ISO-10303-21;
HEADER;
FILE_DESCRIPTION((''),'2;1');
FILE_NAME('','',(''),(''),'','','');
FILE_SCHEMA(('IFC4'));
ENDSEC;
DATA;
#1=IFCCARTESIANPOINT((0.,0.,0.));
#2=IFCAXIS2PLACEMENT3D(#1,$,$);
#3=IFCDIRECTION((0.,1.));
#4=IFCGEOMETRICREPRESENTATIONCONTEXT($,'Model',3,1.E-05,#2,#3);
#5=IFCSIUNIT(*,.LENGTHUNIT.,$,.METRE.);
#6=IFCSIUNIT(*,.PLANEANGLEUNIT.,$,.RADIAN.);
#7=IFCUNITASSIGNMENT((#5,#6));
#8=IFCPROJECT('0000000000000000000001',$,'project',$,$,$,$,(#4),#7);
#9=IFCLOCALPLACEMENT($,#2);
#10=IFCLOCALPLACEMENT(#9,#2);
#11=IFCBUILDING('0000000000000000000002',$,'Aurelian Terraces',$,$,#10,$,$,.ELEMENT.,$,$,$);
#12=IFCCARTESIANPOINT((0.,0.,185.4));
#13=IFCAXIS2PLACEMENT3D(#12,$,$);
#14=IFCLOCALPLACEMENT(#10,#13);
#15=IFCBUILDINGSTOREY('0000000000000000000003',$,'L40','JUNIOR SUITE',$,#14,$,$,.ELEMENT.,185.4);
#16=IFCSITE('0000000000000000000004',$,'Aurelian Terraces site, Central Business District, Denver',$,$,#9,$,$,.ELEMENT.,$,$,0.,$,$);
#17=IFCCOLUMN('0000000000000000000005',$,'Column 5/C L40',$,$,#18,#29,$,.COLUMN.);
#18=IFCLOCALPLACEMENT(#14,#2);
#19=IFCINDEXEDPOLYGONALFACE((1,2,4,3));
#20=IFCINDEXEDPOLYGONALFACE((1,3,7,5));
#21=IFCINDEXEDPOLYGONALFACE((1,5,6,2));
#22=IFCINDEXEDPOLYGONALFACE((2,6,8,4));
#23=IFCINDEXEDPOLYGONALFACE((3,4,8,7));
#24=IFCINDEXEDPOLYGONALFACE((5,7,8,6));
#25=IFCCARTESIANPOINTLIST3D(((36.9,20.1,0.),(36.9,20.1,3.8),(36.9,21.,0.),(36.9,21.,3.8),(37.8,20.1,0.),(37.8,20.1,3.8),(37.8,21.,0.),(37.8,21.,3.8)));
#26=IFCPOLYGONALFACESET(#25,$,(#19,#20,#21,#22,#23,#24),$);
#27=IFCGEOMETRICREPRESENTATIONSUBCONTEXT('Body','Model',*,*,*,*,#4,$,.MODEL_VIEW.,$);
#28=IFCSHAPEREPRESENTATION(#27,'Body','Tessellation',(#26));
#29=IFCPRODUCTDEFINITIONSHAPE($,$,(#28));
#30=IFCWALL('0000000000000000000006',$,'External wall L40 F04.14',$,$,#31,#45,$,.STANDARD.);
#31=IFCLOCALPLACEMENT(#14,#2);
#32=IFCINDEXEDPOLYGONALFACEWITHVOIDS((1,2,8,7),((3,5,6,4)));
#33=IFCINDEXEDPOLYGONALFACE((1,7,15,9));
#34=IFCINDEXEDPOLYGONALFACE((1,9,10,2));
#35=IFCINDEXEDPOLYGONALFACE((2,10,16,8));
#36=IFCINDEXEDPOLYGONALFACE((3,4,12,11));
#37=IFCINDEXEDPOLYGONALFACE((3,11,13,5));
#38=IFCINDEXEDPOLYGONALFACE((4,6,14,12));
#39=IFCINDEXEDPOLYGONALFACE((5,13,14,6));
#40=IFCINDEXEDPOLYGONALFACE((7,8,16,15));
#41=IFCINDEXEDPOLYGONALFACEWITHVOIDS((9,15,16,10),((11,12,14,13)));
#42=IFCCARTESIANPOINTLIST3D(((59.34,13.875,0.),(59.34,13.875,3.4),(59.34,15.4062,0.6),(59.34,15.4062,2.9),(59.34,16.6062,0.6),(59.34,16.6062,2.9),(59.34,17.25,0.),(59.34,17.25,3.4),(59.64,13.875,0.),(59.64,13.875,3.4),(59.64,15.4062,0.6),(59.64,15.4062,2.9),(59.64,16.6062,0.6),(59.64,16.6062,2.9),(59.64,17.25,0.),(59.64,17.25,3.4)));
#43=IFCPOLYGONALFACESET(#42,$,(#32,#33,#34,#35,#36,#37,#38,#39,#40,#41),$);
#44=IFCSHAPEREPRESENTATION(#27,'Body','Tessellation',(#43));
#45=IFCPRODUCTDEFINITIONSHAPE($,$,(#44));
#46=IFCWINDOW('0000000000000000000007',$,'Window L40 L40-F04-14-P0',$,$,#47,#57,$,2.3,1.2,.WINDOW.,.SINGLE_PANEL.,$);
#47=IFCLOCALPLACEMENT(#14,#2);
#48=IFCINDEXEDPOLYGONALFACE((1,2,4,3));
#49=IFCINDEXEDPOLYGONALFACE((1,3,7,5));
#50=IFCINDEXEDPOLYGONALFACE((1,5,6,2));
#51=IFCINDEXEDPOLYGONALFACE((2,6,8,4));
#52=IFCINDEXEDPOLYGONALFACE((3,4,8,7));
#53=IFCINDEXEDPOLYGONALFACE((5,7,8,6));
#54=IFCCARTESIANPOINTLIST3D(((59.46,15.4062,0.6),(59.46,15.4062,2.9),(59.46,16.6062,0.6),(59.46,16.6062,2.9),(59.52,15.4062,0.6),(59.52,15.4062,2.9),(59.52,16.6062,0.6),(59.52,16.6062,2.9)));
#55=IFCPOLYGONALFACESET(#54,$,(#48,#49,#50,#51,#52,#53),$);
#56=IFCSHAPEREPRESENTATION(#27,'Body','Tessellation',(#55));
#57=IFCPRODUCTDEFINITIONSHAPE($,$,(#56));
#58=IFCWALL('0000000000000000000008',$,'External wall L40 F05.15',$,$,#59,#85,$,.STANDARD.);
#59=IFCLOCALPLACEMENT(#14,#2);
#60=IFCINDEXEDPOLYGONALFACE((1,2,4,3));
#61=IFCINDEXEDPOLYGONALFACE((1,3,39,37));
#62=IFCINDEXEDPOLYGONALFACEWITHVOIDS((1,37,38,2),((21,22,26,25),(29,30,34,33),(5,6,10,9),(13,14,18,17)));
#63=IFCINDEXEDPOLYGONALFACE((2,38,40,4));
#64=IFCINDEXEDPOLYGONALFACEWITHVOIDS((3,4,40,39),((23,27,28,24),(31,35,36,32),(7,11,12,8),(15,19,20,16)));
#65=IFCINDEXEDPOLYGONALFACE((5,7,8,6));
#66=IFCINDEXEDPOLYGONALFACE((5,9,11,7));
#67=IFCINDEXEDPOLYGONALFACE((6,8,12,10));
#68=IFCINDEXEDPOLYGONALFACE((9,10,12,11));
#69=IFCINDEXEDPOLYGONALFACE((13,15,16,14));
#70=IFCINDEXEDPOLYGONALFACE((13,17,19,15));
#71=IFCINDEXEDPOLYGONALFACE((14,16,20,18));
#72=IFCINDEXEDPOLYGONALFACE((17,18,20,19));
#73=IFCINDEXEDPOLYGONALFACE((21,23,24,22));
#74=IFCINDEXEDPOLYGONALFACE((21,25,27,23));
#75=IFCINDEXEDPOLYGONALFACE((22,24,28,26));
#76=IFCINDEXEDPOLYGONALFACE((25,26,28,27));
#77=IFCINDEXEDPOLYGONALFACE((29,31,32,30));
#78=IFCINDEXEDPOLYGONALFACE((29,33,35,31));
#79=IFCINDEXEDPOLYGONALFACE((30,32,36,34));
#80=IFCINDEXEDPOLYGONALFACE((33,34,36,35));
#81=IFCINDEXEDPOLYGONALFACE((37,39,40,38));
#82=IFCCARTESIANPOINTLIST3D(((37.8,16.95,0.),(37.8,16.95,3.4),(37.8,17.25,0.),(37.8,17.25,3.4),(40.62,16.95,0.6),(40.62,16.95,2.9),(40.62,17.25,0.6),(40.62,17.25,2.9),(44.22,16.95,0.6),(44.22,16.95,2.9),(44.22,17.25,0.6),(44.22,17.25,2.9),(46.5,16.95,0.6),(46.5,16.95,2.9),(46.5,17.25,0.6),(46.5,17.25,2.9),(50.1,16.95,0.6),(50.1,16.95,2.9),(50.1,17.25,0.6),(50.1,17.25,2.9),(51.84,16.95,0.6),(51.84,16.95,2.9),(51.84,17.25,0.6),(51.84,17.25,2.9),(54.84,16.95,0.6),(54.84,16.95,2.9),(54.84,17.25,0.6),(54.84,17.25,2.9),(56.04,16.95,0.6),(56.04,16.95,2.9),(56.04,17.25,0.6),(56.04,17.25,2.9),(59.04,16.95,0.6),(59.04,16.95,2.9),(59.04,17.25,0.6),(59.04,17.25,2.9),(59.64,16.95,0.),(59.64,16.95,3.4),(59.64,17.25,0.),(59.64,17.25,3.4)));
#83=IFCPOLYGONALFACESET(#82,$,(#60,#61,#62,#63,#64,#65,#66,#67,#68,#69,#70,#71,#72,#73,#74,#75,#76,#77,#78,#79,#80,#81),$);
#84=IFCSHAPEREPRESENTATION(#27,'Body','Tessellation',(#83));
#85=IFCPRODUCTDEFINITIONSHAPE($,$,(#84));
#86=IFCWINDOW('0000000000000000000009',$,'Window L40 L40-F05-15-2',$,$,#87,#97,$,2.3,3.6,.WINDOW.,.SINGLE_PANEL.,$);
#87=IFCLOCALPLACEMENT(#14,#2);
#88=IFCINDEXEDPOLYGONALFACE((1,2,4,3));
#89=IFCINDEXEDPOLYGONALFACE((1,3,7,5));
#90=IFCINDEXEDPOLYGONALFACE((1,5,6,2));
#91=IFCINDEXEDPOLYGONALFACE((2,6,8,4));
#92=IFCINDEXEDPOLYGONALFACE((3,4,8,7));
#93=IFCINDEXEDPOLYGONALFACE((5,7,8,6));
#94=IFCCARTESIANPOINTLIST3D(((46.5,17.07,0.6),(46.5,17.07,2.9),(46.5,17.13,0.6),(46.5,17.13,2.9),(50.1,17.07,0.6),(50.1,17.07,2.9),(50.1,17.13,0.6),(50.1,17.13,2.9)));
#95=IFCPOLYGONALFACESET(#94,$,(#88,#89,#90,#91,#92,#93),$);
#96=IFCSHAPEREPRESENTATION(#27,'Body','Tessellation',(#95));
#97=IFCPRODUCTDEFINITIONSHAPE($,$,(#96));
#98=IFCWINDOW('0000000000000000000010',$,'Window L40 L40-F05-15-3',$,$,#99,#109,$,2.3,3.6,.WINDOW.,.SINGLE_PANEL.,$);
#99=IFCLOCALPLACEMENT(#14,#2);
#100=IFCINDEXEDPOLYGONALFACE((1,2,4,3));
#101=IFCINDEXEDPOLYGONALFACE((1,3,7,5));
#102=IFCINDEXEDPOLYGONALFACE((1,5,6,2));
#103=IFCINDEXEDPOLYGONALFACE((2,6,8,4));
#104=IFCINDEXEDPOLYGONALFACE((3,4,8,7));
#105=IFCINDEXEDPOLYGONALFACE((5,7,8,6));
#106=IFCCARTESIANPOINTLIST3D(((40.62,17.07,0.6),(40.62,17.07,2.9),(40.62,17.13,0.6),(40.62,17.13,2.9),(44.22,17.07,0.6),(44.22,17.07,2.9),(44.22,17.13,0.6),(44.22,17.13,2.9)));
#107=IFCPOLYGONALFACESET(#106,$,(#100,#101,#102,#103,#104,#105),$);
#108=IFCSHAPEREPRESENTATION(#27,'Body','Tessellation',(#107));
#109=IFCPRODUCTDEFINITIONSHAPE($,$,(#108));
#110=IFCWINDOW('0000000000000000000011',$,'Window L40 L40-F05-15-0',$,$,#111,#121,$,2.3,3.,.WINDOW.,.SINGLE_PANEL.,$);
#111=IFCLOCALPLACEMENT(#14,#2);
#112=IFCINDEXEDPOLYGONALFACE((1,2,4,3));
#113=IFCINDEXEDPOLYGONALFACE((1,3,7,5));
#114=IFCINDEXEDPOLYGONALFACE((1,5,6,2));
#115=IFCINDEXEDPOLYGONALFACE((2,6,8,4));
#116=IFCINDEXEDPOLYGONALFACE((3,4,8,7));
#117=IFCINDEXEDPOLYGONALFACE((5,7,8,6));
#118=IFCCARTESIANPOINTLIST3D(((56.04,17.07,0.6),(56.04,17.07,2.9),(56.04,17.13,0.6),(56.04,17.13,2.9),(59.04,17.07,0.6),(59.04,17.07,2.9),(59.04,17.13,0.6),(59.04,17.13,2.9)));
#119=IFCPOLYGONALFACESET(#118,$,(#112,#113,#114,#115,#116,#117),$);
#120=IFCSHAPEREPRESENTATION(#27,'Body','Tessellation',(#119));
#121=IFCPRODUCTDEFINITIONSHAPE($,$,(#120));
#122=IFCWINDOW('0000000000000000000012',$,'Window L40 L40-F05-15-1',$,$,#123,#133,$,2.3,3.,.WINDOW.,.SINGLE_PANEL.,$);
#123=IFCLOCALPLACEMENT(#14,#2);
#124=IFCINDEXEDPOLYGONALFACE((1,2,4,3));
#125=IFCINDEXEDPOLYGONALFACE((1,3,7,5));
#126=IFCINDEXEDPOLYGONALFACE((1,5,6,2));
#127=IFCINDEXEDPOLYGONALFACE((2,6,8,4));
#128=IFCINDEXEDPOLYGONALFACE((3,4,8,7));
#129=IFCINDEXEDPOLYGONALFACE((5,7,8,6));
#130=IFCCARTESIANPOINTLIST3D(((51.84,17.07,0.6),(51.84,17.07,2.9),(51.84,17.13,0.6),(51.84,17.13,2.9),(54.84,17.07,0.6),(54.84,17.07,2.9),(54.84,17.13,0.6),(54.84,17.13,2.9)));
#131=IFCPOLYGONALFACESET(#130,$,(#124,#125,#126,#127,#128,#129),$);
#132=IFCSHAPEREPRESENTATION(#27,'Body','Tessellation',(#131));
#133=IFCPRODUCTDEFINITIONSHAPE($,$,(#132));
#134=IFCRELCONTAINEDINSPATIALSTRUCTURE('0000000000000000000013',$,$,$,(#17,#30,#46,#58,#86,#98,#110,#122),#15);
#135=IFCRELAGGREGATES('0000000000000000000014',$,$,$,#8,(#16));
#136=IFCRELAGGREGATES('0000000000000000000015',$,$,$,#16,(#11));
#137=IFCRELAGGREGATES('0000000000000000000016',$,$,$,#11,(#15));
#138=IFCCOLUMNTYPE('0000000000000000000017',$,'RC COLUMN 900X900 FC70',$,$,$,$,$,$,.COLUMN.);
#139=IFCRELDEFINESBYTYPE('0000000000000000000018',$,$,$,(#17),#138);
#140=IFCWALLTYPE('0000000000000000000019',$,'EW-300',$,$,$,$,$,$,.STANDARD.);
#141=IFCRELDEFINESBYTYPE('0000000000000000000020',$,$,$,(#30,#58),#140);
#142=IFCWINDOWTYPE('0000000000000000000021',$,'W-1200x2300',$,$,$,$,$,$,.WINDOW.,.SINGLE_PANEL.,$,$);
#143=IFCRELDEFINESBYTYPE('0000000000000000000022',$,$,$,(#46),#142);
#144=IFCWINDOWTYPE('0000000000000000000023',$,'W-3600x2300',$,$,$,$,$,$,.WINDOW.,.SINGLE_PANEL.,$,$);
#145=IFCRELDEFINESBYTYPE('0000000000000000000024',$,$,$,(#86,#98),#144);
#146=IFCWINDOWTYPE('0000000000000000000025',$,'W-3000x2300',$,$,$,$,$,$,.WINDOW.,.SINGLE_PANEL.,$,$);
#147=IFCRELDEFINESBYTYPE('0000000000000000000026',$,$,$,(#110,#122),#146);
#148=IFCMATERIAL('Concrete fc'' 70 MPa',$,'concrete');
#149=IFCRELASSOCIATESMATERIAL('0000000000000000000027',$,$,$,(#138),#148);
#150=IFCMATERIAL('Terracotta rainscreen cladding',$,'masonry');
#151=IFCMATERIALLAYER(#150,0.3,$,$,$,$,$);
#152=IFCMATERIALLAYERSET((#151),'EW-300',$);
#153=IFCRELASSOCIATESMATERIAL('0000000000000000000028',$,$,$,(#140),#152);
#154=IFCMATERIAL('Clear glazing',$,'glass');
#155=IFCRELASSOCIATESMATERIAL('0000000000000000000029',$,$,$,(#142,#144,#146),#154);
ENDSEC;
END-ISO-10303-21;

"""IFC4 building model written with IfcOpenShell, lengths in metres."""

from ifc_helpers import new_model, si_unit, direction, frame, frame_2d, origin, origin_2d, place, context, subcontext, project, spatial, rectangle, extrude, source, transform, mapped, material, layer, layer_set, material_profile, profile_set, type_object, element, fill, save


model = new_model("IFC4")

# Units and contexts
model_context = context("Model", 3, precision=1e-05, world=origin(), true_north=direction((0.0, 1.0)))
body_context = subcontext(model_context, "Body", "Model", "MODEL_VIEW")
ifc_project = project(units=[si_unit("LENGTHUNIT", "METRE"), si_unit("PLANEANGLEUNIT", "RADIAN")], contexts=[model_context])

# Site, building, storey
site_placement = place(None, origin())
site = spatial("IfcSite", under=ifc_project, at=site_placement, Name="Aurelian Terraces site, Central Business District, Denver", CompositionType="ELEMENT", RefElevation=0.0)
building_placement = place(site_placement, origin())
building = spatial("IfcBuilding", under=site, at=building_placement, Name="Aurelian Terraces", CompositionType="ELEMENT")
storey_placement = place(building_placement, frame((0.0, 0.0, 185.4)))
storey = spatial("IfcBuildingStorey", under=building, at=storey_placement, Name="L40", Description="JUNIOR SUITE", CompositionType="ELEMENT", Elevation=185.4)

# Column
ifc_material_1 = material(Name="Concrete fc' 70 MPa", Category="concrete")
ifc_material_profile = material_profile(ifc_material_1, rectangle(XDim=0.9, YDim=0.9, at=origin_2d()))
ifc_profile_set = profile_set([ifc_material_profile], Name="Concrete fc' 70 MPa")
column_type = type_object("IfcColumnType", Name="RC COLUMN 900X900 FC70", PredefinedType="COLUMN", material=ifc_profile_set)
shared_shape_1 = source(origin(), body_context, "Body", "SweptSolid", [
    extrude(rectangle(XDim=0.9, YDim=0.9, at=origin_2d()), origin(), (0.0, 0.0, 1.0), 3.8),
])
column_placement = place(storey_placement, frame((37.35, 20.55, 0.0), z_axis=(0.0, 0.0, 1.0), x_axis=(1.0, 0.0, 0.0)))
element("IfcColumn", 1, at=column_placement, inside=storey, type_object=column_type, Name="Column 5/C L40", PredefinedType="COLUMN", context=body_context, shape_type="MappedRepresentation", body=[
    mapped(shared_shape_1, transform((0.0, 0.0, 0.0), scale=1.0)),
])

# Wall, opening, window
ifc_material_2 = material(Name="Terracotta rainscreen cladding", Category="masonry")
ifc_layer_1 = layer(ifc_material_2, 0.3)
ifc_layer_set_1 = layer_set([ifc_layer_1], Name="EW-300")
wall_type_1 = type_object("IfcWallType", Name="EW-300", PredefinedType="STANDARD", material=ifc_layer_set_1)
shared_shape_2 = source(origin(), body_context, "Body", "SweptSolid", [
    extrude(rectangle(XDim=3.375, YDim=0.3, at=frame_2d((1.6875, 0.0))), origin(), (0.0, 0.0, 1.0), 3.4),
])
wall_1_placement = place(storey_placement, frame((59.49, 13.875, 0.0), z_axis=(0.0, 0.0, 1.0), x_axis=(0.0, 1.0, 0.0)))
wall_1 = element("IfcWall", 2, at=wall_1_placement, inside=storey, type_object=wall_type_1, Name="External wall L40 F04.14", PredefinedType="STANDARD", context=body_context, shape_type="MappedRepresentation", body=[
    mapped(shared_shape_2, transform((0.0, 0.0, 0.0), scale=1.0)),
])
shared_shape_3 = source(origin(), body_context, "Body", "SweptSolid", [
    extrude(rectangle(XDim=1.2, YDim=2.3, at=frame_2d((0.6, 1.15))), frame((0.0, 0.16, 0.0), z_axis=(0.0, -1.0, 0.0), x_axis=(1.0, 0.0, 0.0)), (0.0, 0.0, 1.0), 0.32),
])
opening_1_placement = place(wall_1_placement, frame((1.5312, 0.0, 0.6)))
opening_1 = element("IfcOpeningElement", 3, at=opening_1_placement, cuts=wall_1, PredefinedType="OPENING", context=body_context, shape_type="MappedRepresentation", body=[
    mapped(shared_shape_3, transform((0.0, 0.0, 0.0), scale=1.0)),
])
ifc_material_3 = material(Name="Clear glazing", Category="glass")
window_type_1 = type_object("IfcWindowType", Name="W-1200x2300", PartitioningType="SINGLE_PANEL", PredefinedType="WINDOW", material=ifc_material_3)
shared_shape_4 = source(origin(), body_context, "Body", "SweptSolid", [
    extrude(rectangle(XDim=1.2, YDim=2.3, at=frame_2d((0.6, 1.15))), frame((0.0, 0.03, 0.0), z_axis=(0.0, -1.0, 0.0), x_axis=(1.0, 0.0, 0.0)), (0.0, 0.0, 1.0), 0.06),
])
window_1_placement = place(opening_1_placement, origin())
window_1 = element("IfcWindow", 4, at=window_1_placement, inside=storey, type_object=window_type_1, Name="Window L40 L40-F04-14-P0", OverallHeight=2.3, OverallWidth=1.2, PartitioningType="SINGLE_PANEL", PredefinedType="WINDOW", context=body_context, shape_type="MappedRepresentation", body=[
    mapped(shared_shape_4, transform((0.0, 0.0, 0.0), scale=1.0)),
])
fill(opening_1, window_1)

# Wall, openings, windows
shared_shape_5 = source(origin(), body_context, "Body", "SweptSolid", [
    extrude(rectangle(XDim=21.84, YDim=0.3, at=frame_2d((10.92, 0.0))), origin(), (0.0, 0.0, 1.0), 3.4),
])
wall_2_placement = place(storey_placement, frame((59.64, 17.1, 0.0), z_axis=(0.0, 0.0, 1.0), x_axis=(-1.0, 0.0, 0.0)))
wall_2 = element("IfcWall", 5, at=wall_2_placement, inside=storey, type_object=wall_type_1, Name="External wall L40 F05.15", PredefinedType="STANDARD", context=body_context, shape_type="MappedRepresentation", body=[
    mapped(shared_shape_5, transform((0.0, 0.0, 0.0), scale=1.0)),
])
shared_shape_6 = source(origin(), body_context, "Body", "SweptSolid", [
    extrude(rectangle(XDim=3.0, YDim=2.3, at=frame_2d((1.5, 1.15))), frame((0.0, 0.16, 0.0), z_axis=(0.0, -1.0, 0.0), x_axis=(1.0, 0.0, 0.0)), (0.0, 0.0, 1.0), 0.32),
])
opening_2_placement = place(wall_2_placement, frame((0.6, 0.0, 0.6)))
opening_2 = element("IfcOpeningElement", 6, at=opening_2_placement, cuts=wall_2, PredefinedType="OPENING", context=body_context, shape_type="MappedRepresentation", body=[
    mapped(shared_shape_6, transform((0.0, 0.0, 0.0), scale=1.0)),
])
opening_3_placement = place(wall_2_placement, frame((4.8, 0.0, 0.6)))
opening_3 = element("IfcOpeningElement", 7, at=opening_3_placement, cuts=wall_2, PredefinedType="OPENING", context=body_context, shape_type="MappedRepresentation", body=[
    mapped(shared_shape_6, transform((0.0, 0.0, 0.0), scale=1.0)),
])
shared_shape_7 = source(origin(), body_context, "Body", "SweptSolid", [
    extrude(rectangle(XDim=3.6, YDim=2.3, at=frame_2d((1.8, 1.15))), frame((0.0, 0.16, 0.0), z_axis=(0.0, -1.0, 0.0), x_axis=(1.0, 0.0, 0.0)), (0.0, 0.0, 1.0), 0.32),
])
opening_4_placement = place(wall_2_placement, frame((9.54, 0.0, 0.6)))
opening_4 = element("IfcOpeningElement", 8, at=opening_4_placement, cuts=wall_2, PredefinedType="OPENING", context=body_context, shape_type="MappedRepresentation", body=[
    mapped(shared_shape_7, transform((0.0, 0.0, 0.0), scale=1.0)),
])
opening_5_placement = place(wall_2_placement, frame((15.42, 0.0, 0.6)))
opening_5 = element("IfcOpeningElement", 9, at=opening_5_placement, cuts=wall_2, PredefinedType="OPENING", context=body_context, shape_type="MappedRepresentation", body=[
    mapped(shared_shape_7, transform((0.0, 0.0, 0.0), scale=1.0)),
])
window_type_2 = type_object("IfcWindowType", Name="W-3600x2300", PartitioningType="SINGLE_PANEL", PredefinedType="WINDOW", material=ifc_material_3)
shared_shape_8 = source(origin(), body_context, "Body", "SweptSolid", [
    extrude(rectangle(XDim=3.6, YDim=2.3, at=frame_2d((1.8, 1.15))), frame((0.0, 0.03, 0.0), z_axis=(0.0, -1.0, 0.0), x_axis=(1.0, 0.0, 0.0)), (0.0, 0.0, 1.0), 0.06),
])
window_2_placement = place(opening_4_placement, origin())
window_2 = element("IfcWindow", 10, at=window_2_placement, inside=storey, type_object=window_type_2, Name="Window L40 L40-F05-15-2", OverallHeight=2.3, OverallWidth=3.6, PartitioningType="SINGLE_PANEL", PredefinedType="WINDOW", context=body_context, shape_type="MappedRepresentation", body=[
    mapped(shared_shape_8, transform((0.0, 0.0, 0.0), scale=1.0)),
])
fill(opening_4, window_2)
window_3_placement = place(opening_5_placement, origin())
window_3 = element("IfcWindow", 11, at=window_3_placement, inside=storey, type_object=window_type_2, Name="Window L40 L40-F05-15-3", OverallHeight=2.3, OverallWidth=3.6, PartitioningType="SINGLE_PANEL", PredefinedType="WINDOW", context=body_context, shape_type="MappedRepresentation", body=[
    mapped(shared_shape_8, transform((0.0, 0.0, 0.0), scale=1.0)),
])
fill(opening_5, window_3)
window_type_3 = type_object("IfcWindowType", Name="W-3000x2300", PartitioningType="SINGLE_PANEL", PredefinedType="WINDOW", material=ifc_material_3)
shared_shape_9 = source(origin(), body_context, "Body", "SweptSolid", [
    extrude(rectangle(XDim=3.0, YDim=2.3, at=frame_2d((1.5, 1.15))), frame((0.0, 0.03, 0.0), z_axis=(0.0, -1.0, 0.0), x_axis=(1.0, 0.0, 0.0)), (0.0, 0.0, 1.0), 0.06),
])
window_4_placement = place(opening_2_placement, origin())
window_4 = element("IfcWindow", 12, at=window_4_placement, inside=storey, type_object=window_type_3, Name="Window L40 L40-F05-15-0", OverallHeight=2.3, OverallWidth=3.0, PartitioningType="SINGLE_PANEL", PredefinedType="WINDOW", context=body_context, shape_type="MappedRepresentation", body=[
    mapped(shared_shape_9, transform((0.0, 0.0, 0.0), scale=1.0)),
])
fill(opening_2, window_4)
window_5_placement = place(opening_3_placement, origin())
window_5 = element("IfcWindow", 13, at=window_5_placement, inside=storey, type_object=window_type_3, Name="Window L40 L40-F05-15-1", OverallHeight=2.3, OverallWidth=3.0, PartitioningType="SINGLE_PANEL", PredefinedType="WINDOW", context=body_context, shape_type="MappedRepresentation", body=[
    mapped(shared_shape_9, transform((0.0, 0.0, 0.0), scale=1.0)),
])
fill(opening_3, window_5)

save(model, "model.ifc")
